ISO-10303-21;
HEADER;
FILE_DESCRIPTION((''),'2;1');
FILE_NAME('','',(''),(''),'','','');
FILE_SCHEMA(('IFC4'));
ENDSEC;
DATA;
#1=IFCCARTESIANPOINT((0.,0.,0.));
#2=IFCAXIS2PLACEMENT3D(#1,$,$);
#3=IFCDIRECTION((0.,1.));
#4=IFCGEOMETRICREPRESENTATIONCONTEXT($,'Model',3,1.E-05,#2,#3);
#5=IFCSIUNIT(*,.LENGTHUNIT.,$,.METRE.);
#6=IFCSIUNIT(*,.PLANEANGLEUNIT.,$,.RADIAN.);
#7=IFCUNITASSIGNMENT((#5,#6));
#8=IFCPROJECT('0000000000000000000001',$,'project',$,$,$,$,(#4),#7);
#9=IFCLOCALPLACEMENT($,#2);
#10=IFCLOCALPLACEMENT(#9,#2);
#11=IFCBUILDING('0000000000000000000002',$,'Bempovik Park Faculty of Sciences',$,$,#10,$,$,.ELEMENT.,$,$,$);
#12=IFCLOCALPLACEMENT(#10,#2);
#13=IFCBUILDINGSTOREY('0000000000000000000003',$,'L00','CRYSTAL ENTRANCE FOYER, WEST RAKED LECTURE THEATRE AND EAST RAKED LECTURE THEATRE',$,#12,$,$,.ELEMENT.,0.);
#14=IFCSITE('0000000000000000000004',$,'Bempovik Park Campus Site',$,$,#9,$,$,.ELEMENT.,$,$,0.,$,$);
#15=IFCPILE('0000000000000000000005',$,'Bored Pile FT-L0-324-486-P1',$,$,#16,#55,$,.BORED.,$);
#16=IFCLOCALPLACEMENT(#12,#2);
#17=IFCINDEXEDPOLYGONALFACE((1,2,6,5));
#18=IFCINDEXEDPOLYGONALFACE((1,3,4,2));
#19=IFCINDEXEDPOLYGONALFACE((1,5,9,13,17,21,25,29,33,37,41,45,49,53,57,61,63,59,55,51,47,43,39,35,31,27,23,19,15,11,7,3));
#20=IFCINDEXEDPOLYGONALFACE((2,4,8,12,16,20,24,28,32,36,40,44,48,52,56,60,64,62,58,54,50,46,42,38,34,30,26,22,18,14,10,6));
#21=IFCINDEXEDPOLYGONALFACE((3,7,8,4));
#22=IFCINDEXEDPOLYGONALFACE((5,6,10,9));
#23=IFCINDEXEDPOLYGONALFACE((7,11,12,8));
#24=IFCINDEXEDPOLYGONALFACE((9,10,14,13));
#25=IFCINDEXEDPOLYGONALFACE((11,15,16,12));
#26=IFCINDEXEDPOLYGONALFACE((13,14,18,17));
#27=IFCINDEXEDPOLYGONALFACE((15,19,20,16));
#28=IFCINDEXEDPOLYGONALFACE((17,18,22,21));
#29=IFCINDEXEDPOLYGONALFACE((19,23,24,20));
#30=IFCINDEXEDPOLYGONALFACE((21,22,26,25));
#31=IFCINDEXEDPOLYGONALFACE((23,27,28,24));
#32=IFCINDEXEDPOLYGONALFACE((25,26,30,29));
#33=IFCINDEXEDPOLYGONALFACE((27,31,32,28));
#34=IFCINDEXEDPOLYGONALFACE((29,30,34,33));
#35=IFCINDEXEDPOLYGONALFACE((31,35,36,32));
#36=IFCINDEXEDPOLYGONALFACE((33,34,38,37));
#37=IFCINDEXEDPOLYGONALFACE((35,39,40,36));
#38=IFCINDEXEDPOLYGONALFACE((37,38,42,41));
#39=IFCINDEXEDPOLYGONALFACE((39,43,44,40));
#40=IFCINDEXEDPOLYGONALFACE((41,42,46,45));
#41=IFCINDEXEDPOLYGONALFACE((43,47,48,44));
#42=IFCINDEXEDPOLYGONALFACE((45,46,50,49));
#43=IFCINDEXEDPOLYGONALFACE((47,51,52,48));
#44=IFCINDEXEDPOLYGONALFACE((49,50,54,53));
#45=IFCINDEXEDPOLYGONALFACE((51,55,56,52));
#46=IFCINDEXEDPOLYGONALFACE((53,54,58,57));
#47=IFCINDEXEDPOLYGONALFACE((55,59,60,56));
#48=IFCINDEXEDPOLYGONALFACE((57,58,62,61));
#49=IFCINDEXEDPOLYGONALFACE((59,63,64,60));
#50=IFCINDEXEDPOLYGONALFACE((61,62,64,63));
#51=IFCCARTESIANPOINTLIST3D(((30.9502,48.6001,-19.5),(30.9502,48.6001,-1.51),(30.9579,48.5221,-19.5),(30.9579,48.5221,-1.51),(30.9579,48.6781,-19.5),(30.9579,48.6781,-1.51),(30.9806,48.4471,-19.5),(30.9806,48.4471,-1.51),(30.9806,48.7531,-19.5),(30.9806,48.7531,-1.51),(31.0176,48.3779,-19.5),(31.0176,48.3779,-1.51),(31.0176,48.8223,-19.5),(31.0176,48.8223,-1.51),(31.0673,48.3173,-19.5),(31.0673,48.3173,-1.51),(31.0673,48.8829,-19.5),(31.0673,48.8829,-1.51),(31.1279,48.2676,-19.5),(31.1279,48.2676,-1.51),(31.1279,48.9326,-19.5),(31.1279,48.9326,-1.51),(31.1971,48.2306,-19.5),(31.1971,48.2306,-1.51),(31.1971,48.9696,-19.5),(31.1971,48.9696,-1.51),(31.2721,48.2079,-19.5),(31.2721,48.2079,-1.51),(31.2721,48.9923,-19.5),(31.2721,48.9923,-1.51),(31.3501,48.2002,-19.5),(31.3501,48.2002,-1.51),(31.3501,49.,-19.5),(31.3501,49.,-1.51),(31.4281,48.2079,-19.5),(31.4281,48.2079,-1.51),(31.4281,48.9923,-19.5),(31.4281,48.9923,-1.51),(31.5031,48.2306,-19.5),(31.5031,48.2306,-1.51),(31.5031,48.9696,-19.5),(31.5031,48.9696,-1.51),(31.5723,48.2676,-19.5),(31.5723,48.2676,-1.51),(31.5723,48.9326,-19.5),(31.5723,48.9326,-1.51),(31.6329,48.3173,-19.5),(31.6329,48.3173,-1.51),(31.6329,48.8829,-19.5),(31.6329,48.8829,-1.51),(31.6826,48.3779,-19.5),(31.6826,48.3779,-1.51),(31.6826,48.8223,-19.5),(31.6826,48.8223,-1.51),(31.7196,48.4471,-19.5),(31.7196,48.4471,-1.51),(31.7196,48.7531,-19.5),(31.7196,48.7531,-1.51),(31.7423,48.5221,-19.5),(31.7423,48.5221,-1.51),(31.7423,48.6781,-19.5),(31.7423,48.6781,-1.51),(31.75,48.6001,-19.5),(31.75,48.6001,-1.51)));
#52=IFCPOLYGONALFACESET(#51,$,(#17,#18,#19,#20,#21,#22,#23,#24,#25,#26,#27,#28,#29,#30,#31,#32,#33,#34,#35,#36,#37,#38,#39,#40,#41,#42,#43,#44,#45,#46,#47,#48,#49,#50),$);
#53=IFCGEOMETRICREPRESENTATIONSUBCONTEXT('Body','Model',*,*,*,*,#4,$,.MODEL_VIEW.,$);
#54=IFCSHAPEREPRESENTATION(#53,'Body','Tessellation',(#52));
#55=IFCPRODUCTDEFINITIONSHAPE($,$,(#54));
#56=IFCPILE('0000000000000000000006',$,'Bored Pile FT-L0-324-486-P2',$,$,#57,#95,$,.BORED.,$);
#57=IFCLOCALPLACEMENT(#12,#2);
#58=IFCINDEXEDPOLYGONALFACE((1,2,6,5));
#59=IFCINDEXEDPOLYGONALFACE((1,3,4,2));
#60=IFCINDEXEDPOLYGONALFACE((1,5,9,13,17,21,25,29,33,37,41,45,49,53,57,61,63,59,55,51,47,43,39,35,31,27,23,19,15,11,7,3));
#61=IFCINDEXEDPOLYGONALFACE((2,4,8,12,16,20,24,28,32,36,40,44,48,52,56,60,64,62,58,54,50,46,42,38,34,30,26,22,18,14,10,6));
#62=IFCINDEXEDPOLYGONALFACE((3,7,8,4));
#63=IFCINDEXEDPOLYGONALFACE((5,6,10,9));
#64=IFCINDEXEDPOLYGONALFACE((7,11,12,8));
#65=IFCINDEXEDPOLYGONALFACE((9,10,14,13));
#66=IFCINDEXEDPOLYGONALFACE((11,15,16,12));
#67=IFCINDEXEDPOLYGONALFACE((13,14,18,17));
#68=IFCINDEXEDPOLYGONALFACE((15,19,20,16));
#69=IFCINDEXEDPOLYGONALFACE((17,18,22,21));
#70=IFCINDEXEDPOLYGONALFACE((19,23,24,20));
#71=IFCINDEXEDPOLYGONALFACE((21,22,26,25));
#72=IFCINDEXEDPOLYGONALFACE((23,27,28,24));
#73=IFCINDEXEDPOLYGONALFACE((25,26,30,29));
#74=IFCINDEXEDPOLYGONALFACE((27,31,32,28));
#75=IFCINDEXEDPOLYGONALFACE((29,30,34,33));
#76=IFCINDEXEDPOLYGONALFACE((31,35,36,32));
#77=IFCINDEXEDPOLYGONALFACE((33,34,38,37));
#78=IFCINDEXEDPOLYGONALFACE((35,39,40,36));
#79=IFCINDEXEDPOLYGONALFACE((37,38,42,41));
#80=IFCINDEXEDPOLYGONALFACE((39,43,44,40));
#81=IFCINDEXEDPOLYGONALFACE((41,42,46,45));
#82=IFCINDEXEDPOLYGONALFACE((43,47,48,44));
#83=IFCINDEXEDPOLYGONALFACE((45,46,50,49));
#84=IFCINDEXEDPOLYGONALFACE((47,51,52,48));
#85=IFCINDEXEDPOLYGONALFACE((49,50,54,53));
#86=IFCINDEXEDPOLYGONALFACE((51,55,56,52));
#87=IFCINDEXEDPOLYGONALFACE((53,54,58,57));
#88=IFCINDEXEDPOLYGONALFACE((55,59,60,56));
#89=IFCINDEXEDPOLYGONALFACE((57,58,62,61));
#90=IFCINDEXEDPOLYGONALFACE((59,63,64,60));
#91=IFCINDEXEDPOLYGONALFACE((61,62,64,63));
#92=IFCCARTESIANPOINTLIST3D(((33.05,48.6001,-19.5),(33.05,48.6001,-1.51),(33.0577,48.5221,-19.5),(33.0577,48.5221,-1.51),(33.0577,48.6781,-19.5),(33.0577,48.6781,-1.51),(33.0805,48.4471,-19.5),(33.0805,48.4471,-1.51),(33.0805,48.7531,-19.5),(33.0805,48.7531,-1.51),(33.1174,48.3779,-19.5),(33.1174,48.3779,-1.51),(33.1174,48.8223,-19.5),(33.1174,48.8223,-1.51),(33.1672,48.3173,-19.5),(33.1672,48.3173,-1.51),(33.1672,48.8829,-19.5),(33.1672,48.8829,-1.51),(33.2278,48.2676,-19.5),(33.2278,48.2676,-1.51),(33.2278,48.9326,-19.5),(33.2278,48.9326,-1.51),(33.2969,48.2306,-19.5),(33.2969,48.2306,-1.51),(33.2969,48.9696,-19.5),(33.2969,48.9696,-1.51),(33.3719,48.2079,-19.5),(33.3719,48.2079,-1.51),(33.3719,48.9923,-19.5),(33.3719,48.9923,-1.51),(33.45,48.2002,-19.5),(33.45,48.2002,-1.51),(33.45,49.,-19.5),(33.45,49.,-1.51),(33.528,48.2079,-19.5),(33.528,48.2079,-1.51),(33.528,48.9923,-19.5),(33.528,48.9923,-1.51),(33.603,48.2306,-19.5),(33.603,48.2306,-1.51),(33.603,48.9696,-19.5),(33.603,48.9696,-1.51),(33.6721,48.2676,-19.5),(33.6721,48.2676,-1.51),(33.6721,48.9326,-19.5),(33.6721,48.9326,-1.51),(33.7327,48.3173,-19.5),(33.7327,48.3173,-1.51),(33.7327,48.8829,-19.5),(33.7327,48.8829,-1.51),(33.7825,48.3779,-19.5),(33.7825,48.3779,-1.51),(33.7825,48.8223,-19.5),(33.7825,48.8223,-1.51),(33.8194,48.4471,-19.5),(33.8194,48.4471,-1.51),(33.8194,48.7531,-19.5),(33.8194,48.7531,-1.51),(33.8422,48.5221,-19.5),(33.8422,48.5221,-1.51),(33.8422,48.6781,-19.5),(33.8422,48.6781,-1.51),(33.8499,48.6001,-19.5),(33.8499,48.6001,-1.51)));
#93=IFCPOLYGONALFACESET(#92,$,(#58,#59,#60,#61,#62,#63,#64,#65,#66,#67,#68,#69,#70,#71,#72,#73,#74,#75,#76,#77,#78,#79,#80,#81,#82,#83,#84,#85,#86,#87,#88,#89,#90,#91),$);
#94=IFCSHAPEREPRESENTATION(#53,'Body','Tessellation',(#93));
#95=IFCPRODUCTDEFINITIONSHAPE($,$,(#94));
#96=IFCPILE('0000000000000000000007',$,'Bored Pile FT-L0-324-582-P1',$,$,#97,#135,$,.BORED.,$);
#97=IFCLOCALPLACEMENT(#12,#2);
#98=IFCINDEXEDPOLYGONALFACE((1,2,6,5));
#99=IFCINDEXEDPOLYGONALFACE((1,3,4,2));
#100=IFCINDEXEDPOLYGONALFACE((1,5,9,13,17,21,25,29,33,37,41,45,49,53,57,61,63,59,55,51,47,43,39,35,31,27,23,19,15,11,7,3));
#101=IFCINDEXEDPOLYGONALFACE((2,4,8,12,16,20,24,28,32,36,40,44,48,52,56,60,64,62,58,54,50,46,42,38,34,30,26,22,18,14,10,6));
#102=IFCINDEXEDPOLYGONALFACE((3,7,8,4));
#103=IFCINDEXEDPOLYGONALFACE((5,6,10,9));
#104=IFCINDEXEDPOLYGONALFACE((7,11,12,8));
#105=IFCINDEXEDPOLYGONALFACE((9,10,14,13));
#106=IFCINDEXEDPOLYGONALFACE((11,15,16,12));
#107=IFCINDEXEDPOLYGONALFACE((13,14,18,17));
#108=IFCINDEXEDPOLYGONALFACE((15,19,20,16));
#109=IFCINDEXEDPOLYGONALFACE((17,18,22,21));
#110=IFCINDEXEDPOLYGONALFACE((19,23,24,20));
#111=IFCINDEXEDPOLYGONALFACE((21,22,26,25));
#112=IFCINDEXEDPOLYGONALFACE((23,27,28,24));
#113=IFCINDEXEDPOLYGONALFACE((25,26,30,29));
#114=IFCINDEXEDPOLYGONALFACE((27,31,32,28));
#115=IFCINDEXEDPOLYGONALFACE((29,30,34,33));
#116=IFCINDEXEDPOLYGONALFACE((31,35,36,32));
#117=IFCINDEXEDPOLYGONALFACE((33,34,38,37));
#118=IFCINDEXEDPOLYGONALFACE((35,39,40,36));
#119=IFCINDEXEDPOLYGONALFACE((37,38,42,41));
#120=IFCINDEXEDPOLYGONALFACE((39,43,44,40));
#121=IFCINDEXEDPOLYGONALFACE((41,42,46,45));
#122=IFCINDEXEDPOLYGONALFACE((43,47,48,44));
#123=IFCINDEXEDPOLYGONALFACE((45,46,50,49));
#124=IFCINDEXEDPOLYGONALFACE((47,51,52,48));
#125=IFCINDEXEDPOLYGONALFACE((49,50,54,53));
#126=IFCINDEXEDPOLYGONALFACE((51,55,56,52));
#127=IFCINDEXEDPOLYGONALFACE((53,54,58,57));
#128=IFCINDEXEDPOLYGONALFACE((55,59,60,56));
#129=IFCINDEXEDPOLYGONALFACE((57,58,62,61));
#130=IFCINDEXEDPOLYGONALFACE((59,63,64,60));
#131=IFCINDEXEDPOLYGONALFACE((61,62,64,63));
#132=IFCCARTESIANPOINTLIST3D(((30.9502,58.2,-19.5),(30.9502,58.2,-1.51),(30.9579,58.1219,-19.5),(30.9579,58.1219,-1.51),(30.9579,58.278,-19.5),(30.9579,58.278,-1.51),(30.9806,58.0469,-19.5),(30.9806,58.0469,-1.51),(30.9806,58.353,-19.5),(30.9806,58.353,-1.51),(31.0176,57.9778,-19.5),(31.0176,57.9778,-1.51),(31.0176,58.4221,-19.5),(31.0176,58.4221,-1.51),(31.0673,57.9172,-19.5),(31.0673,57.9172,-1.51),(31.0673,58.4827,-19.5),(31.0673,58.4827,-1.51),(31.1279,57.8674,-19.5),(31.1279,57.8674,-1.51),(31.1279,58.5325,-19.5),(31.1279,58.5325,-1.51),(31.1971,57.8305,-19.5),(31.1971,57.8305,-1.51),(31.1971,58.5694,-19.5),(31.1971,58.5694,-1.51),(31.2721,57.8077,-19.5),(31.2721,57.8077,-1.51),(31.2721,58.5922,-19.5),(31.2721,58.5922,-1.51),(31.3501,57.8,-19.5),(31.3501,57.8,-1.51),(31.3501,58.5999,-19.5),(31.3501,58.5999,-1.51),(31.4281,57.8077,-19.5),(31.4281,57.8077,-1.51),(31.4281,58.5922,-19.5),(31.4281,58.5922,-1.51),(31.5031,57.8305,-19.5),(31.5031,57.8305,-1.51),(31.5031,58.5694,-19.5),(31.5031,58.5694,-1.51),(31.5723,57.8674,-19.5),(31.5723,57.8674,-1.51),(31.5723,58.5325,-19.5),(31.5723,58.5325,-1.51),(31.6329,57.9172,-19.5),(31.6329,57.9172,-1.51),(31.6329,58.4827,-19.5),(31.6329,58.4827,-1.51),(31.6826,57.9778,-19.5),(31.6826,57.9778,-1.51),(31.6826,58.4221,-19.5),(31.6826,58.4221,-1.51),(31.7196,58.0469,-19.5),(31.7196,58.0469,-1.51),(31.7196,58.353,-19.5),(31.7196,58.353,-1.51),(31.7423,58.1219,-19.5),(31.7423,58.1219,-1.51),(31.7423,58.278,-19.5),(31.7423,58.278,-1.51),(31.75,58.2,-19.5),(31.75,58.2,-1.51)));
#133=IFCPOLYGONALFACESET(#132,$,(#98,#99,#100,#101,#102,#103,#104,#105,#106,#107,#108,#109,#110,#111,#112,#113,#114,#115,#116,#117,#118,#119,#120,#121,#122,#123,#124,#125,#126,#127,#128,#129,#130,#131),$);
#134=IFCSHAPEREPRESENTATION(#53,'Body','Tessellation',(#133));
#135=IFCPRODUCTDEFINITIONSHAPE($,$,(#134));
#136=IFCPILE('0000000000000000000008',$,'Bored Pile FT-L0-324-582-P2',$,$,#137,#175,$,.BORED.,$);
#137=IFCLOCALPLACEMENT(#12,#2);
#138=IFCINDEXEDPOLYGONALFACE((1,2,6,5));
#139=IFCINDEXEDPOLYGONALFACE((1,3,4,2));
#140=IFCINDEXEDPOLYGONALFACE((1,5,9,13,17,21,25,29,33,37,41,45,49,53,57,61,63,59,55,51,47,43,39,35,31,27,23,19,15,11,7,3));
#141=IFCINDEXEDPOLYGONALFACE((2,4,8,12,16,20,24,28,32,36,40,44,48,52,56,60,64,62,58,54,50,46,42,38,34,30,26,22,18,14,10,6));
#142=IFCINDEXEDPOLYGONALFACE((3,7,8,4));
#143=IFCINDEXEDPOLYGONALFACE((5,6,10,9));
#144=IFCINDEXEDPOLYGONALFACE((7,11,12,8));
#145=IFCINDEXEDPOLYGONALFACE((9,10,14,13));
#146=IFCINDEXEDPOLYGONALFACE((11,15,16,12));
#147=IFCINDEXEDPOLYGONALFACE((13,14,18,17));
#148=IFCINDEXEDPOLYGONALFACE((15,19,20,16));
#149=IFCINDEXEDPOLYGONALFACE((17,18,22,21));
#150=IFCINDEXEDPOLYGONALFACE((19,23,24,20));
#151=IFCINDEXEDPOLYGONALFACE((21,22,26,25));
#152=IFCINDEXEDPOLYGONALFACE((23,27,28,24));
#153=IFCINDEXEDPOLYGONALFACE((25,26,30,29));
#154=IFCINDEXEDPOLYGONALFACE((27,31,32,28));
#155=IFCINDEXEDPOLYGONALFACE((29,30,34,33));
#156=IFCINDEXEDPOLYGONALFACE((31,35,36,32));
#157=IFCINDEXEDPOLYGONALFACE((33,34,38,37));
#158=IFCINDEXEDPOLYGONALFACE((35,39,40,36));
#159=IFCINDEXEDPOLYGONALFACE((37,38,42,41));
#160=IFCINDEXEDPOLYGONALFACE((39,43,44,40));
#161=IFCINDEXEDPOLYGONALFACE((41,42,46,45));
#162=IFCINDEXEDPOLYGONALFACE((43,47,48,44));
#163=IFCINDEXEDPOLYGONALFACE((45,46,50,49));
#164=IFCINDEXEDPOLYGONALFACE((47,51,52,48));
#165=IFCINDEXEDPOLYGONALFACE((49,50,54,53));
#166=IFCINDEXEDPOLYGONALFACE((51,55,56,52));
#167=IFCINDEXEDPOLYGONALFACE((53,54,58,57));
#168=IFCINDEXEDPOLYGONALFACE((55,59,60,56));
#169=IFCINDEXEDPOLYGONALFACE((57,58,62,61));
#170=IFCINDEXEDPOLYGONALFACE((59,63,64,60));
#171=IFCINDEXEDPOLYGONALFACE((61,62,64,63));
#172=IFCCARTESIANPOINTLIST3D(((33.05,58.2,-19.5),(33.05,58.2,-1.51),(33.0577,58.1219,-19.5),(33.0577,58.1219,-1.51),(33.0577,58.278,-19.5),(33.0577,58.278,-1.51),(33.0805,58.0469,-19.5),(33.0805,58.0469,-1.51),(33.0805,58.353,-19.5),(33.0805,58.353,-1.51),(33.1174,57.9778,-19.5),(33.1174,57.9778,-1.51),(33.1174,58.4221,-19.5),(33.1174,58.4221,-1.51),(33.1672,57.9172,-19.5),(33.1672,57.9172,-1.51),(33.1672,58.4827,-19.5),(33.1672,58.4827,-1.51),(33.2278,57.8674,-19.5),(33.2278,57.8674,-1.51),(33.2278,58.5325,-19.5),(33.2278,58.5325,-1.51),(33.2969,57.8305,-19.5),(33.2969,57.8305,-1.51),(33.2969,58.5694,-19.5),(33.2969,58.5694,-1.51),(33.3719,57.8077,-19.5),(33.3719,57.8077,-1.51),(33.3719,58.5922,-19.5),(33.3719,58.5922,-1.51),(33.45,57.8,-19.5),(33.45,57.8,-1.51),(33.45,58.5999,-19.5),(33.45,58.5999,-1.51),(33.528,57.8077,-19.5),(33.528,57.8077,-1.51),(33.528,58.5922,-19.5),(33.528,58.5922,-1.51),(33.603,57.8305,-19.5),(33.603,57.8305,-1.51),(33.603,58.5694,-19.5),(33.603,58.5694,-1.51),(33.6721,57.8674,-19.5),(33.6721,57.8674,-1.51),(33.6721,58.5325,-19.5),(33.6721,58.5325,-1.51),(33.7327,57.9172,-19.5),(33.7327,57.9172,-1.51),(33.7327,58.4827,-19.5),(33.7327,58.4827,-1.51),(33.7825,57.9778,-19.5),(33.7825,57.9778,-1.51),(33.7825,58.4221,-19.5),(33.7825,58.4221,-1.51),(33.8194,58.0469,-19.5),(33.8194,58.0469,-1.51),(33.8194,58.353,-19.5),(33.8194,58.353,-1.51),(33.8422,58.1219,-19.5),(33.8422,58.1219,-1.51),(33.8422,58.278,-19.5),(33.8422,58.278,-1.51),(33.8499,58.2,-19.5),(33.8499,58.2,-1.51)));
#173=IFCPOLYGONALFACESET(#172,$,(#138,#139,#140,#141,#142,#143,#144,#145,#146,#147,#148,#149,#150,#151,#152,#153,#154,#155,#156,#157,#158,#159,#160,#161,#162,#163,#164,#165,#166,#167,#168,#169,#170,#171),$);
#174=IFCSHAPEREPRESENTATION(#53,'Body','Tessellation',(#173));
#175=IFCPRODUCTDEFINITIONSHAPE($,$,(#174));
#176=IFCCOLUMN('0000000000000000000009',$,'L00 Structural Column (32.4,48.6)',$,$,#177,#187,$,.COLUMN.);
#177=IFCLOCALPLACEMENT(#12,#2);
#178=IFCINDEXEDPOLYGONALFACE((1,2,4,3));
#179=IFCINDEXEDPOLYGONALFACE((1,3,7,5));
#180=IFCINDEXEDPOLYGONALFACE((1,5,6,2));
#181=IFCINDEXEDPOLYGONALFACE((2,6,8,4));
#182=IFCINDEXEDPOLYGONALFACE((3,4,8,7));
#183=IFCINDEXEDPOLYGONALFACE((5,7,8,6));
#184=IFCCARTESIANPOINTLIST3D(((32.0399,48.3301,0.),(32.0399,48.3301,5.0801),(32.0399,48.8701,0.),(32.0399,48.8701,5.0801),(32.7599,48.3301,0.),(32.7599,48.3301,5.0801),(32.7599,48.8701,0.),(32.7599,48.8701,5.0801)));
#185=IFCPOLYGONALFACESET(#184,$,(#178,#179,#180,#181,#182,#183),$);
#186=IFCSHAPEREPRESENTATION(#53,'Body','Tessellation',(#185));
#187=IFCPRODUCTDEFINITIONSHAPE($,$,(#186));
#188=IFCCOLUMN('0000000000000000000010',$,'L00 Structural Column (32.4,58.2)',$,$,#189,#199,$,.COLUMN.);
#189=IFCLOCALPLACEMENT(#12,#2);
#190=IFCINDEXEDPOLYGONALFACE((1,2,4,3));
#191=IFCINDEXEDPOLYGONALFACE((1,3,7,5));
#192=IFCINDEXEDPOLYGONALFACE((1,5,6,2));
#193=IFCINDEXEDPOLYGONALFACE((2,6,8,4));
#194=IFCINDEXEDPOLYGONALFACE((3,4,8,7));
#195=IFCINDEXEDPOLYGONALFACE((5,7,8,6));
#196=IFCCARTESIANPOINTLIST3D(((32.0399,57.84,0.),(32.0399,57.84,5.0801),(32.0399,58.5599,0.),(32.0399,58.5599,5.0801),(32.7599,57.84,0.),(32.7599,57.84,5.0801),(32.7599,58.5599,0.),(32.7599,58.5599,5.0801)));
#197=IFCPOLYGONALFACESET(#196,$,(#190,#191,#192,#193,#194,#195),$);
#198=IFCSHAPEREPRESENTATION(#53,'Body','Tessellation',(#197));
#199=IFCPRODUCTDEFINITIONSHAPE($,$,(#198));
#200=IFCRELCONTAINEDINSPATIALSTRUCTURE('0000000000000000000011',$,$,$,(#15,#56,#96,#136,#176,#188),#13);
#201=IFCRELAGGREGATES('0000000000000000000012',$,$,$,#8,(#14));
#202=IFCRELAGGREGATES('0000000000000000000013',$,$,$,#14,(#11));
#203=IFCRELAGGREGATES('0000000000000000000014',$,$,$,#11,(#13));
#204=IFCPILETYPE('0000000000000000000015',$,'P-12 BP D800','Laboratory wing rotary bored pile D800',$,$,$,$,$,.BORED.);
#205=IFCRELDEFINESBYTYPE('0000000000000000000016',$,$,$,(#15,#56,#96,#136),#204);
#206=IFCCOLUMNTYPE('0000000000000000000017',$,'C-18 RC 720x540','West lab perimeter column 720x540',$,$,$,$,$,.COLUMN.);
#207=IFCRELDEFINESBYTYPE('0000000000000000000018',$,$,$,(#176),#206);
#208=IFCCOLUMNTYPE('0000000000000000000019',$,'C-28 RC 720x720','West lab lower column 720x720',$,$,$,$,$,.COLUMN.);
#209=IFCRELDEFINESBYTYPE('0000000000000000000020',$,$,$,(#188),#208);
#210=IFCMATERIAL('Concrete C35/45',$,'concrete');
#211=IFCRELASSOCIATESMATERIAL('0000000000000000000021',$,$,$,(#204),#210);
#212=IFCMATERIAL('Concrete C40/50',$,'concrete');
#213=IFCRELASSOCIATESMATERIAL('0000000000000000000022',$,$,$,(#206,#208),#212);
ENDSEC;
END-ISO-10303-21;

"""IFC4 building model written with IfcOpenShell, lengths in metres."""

from ifc_helpers import new_model, si_unit, direction, frame, origin, origin_2d, place, context, subcontext, project, spatial, rectangle, circle, extrude, material, material_profile, profile_set, type_object, element, save


model = new_model("IFC4")

# Units and contexts
model_context = context("Model", 3, precision=1e-05, world=origin(), true_north=direction((0.0, 1.0)))
body_context = subcontext(model_context, "Body", "Model", "MODEL_VIEW")
ifc_project = project(units=[si_unit("LENGTHUNIT", "METRE"), si_unit("PLANEANGLEUNIT", "RADIAN")], contexts=[model_context])

# Site, building, storey
site_placement = place(None, origin())
site = spatial("IfcSite", under=ifc_project, at=site_placement, Name="Bempovik Park Campus Site", CompositionType="ELEMENT", RefElevation=0.0)
building_placement = place(site_placement, origin())
building = spatial("IfcBuilding", under=site, at=building_placement, Name="Bempovik Park Faculty of Sciences", CompositionType="ELEMENT")
storey_placement = place(building_placement, origin())
storey = spatial("IfcBuildingStorey", under=building, at=storey_placement, Name="L00", Description="CRYSTAL ENTRANCE FOYER, WEST RAKED LECTURE THEATRE AND EAST RAKED LECTURE THEATRE", CompositionType="ELEMENT", Elevation=0.0)

# Shared definitions
ifc_material_1 = material(Name="Concrete C35/45", Category="concrete")

# Piles
ifc_material_profile_1 = material_profile(ifc_material_1, circle(Radius=0.3999, at=origin_2d()), Name="BP D800")
ifc_profile_set_1 = profile_set([ifc_material_profile_1], Name="Concrete C35/45")
pile_type = type_object("IfcPileType", Name="P-12 BP D800", Description="Laboratory wing rotary bored pile D800", PredefinedType="BORED", material=ifc_profile_set_1)
for number, where, z_axis, x_axis, name in (
    (1, (31.3501, 48.6001, -1.51), (0.0, 0.0, -1.0), (1.0, 0.0, 0.0), "Bored Pile FT-L0-324-486-P1"),
    (2, (33.45, 48.6001, -1.51), (0.0, 0.0, -1.0), (1.0, 0.0, 0.0), "Bored Pile FT-L0-324-486-P2"),
    (3, (31.3501, 58.2, -1.51), (0.0, 0.0, -1.0), (1.0, 0.0, 0.0), "Bored Pile FT-L0-324-582-P1"),
    (4, (33.45, 58.2, -1.51), (0.0, 0.0, -1.0), (1.0, 0.0, 0.0), "Bored Pile FT-L0-324-582-P2"),
):
    element("IfcPile", number, at=place(storey_placement, frame(where, z_axis=z_axis, x_axis=x_axis)), inside=storey, type_object=pile_type, Name=name, PredefinedType="BORED", context=body_context, shape_type="SweptSolid", body=[
        extrude(circle(Radius=0.3999, at=origin_2d()), origin(), (0.0, 0.0, 1.0), 17.99),
    ])

# Columns
ifc_material_2 = material(Name="Concrete C40/50", Category="concrete")
ifc_material_profile_2 = material_profile(ifc_material_2, rectangle(XDim=0.72, YDim=0.54, at=origin_2d()), Name="RC 720x540")
ifc_profile_set_2 = profile_set([ifc_material_profile_2], Name="Concrete C40/50")
column_type_1 = type_object("IfcColumnType", Name="C-18 RC 720x540", Description="West lab perimeter column 720x540", PredefinedType="COLUMN", material=ifc_profile_set_2)
column_1_placement = place(storey_placement, frame((32.3999, 48.6001, 0.0), z_axis=(0.0, 0.0, 1.0), x_axis=(1.0, 0.0, 0.0)))
element("IfcColumn", 5, at=column_1_placement, inside=storey, type_object=column_type_1, Name="L00 Structural Column (32.4,48.6)", PredefinedType="COLUMN", context=body_context, shape_type="SweptSolid", body=[
    extrude(rectangle(XDim=0.72, YDim=0.54, at=origin_2d()), origin(), (0.0, 0.0, 1.0), 5.0801),
])
ifc_material_profile_3 = material_profile(ifc_material_2, rectangle(XDim=0.72, YDim=0.72, at=origin_2d()), Name="RC 720x720")
ifc_profile_set_3 = profile_set([ifc_material_profile_3], Name="Concrete C40/50")
column_type_2 = type_object("IfcColumnType", Name="C-28 RC 720x720", Description="West lab lower column 720x720", PredefinedType="COLUMN", material=ifc_profile_set_3)
column_2_placement = place(storey_placement, frame((32.3999, 58.2, 0.0), z_axis=(0.0, 0.0, 1.0), x_axis=(1.0, 0.0, 0.0)))
element("IfcColumn", 6, at=column_2_placement, inside=storey, type_object=column_type_2, Name="L00 Structural Column (32.4,58.2)", PredefinedType="COLUMN", context=body_context, shape_type="SweptSolid", body=[
    extrude(rectangle(XDim=0.72, YDim=0.72, at=origin_2d()), origin(), (0.0, 0.0, 1.0), 5.0801),
])

save(model, "model.ifc")
